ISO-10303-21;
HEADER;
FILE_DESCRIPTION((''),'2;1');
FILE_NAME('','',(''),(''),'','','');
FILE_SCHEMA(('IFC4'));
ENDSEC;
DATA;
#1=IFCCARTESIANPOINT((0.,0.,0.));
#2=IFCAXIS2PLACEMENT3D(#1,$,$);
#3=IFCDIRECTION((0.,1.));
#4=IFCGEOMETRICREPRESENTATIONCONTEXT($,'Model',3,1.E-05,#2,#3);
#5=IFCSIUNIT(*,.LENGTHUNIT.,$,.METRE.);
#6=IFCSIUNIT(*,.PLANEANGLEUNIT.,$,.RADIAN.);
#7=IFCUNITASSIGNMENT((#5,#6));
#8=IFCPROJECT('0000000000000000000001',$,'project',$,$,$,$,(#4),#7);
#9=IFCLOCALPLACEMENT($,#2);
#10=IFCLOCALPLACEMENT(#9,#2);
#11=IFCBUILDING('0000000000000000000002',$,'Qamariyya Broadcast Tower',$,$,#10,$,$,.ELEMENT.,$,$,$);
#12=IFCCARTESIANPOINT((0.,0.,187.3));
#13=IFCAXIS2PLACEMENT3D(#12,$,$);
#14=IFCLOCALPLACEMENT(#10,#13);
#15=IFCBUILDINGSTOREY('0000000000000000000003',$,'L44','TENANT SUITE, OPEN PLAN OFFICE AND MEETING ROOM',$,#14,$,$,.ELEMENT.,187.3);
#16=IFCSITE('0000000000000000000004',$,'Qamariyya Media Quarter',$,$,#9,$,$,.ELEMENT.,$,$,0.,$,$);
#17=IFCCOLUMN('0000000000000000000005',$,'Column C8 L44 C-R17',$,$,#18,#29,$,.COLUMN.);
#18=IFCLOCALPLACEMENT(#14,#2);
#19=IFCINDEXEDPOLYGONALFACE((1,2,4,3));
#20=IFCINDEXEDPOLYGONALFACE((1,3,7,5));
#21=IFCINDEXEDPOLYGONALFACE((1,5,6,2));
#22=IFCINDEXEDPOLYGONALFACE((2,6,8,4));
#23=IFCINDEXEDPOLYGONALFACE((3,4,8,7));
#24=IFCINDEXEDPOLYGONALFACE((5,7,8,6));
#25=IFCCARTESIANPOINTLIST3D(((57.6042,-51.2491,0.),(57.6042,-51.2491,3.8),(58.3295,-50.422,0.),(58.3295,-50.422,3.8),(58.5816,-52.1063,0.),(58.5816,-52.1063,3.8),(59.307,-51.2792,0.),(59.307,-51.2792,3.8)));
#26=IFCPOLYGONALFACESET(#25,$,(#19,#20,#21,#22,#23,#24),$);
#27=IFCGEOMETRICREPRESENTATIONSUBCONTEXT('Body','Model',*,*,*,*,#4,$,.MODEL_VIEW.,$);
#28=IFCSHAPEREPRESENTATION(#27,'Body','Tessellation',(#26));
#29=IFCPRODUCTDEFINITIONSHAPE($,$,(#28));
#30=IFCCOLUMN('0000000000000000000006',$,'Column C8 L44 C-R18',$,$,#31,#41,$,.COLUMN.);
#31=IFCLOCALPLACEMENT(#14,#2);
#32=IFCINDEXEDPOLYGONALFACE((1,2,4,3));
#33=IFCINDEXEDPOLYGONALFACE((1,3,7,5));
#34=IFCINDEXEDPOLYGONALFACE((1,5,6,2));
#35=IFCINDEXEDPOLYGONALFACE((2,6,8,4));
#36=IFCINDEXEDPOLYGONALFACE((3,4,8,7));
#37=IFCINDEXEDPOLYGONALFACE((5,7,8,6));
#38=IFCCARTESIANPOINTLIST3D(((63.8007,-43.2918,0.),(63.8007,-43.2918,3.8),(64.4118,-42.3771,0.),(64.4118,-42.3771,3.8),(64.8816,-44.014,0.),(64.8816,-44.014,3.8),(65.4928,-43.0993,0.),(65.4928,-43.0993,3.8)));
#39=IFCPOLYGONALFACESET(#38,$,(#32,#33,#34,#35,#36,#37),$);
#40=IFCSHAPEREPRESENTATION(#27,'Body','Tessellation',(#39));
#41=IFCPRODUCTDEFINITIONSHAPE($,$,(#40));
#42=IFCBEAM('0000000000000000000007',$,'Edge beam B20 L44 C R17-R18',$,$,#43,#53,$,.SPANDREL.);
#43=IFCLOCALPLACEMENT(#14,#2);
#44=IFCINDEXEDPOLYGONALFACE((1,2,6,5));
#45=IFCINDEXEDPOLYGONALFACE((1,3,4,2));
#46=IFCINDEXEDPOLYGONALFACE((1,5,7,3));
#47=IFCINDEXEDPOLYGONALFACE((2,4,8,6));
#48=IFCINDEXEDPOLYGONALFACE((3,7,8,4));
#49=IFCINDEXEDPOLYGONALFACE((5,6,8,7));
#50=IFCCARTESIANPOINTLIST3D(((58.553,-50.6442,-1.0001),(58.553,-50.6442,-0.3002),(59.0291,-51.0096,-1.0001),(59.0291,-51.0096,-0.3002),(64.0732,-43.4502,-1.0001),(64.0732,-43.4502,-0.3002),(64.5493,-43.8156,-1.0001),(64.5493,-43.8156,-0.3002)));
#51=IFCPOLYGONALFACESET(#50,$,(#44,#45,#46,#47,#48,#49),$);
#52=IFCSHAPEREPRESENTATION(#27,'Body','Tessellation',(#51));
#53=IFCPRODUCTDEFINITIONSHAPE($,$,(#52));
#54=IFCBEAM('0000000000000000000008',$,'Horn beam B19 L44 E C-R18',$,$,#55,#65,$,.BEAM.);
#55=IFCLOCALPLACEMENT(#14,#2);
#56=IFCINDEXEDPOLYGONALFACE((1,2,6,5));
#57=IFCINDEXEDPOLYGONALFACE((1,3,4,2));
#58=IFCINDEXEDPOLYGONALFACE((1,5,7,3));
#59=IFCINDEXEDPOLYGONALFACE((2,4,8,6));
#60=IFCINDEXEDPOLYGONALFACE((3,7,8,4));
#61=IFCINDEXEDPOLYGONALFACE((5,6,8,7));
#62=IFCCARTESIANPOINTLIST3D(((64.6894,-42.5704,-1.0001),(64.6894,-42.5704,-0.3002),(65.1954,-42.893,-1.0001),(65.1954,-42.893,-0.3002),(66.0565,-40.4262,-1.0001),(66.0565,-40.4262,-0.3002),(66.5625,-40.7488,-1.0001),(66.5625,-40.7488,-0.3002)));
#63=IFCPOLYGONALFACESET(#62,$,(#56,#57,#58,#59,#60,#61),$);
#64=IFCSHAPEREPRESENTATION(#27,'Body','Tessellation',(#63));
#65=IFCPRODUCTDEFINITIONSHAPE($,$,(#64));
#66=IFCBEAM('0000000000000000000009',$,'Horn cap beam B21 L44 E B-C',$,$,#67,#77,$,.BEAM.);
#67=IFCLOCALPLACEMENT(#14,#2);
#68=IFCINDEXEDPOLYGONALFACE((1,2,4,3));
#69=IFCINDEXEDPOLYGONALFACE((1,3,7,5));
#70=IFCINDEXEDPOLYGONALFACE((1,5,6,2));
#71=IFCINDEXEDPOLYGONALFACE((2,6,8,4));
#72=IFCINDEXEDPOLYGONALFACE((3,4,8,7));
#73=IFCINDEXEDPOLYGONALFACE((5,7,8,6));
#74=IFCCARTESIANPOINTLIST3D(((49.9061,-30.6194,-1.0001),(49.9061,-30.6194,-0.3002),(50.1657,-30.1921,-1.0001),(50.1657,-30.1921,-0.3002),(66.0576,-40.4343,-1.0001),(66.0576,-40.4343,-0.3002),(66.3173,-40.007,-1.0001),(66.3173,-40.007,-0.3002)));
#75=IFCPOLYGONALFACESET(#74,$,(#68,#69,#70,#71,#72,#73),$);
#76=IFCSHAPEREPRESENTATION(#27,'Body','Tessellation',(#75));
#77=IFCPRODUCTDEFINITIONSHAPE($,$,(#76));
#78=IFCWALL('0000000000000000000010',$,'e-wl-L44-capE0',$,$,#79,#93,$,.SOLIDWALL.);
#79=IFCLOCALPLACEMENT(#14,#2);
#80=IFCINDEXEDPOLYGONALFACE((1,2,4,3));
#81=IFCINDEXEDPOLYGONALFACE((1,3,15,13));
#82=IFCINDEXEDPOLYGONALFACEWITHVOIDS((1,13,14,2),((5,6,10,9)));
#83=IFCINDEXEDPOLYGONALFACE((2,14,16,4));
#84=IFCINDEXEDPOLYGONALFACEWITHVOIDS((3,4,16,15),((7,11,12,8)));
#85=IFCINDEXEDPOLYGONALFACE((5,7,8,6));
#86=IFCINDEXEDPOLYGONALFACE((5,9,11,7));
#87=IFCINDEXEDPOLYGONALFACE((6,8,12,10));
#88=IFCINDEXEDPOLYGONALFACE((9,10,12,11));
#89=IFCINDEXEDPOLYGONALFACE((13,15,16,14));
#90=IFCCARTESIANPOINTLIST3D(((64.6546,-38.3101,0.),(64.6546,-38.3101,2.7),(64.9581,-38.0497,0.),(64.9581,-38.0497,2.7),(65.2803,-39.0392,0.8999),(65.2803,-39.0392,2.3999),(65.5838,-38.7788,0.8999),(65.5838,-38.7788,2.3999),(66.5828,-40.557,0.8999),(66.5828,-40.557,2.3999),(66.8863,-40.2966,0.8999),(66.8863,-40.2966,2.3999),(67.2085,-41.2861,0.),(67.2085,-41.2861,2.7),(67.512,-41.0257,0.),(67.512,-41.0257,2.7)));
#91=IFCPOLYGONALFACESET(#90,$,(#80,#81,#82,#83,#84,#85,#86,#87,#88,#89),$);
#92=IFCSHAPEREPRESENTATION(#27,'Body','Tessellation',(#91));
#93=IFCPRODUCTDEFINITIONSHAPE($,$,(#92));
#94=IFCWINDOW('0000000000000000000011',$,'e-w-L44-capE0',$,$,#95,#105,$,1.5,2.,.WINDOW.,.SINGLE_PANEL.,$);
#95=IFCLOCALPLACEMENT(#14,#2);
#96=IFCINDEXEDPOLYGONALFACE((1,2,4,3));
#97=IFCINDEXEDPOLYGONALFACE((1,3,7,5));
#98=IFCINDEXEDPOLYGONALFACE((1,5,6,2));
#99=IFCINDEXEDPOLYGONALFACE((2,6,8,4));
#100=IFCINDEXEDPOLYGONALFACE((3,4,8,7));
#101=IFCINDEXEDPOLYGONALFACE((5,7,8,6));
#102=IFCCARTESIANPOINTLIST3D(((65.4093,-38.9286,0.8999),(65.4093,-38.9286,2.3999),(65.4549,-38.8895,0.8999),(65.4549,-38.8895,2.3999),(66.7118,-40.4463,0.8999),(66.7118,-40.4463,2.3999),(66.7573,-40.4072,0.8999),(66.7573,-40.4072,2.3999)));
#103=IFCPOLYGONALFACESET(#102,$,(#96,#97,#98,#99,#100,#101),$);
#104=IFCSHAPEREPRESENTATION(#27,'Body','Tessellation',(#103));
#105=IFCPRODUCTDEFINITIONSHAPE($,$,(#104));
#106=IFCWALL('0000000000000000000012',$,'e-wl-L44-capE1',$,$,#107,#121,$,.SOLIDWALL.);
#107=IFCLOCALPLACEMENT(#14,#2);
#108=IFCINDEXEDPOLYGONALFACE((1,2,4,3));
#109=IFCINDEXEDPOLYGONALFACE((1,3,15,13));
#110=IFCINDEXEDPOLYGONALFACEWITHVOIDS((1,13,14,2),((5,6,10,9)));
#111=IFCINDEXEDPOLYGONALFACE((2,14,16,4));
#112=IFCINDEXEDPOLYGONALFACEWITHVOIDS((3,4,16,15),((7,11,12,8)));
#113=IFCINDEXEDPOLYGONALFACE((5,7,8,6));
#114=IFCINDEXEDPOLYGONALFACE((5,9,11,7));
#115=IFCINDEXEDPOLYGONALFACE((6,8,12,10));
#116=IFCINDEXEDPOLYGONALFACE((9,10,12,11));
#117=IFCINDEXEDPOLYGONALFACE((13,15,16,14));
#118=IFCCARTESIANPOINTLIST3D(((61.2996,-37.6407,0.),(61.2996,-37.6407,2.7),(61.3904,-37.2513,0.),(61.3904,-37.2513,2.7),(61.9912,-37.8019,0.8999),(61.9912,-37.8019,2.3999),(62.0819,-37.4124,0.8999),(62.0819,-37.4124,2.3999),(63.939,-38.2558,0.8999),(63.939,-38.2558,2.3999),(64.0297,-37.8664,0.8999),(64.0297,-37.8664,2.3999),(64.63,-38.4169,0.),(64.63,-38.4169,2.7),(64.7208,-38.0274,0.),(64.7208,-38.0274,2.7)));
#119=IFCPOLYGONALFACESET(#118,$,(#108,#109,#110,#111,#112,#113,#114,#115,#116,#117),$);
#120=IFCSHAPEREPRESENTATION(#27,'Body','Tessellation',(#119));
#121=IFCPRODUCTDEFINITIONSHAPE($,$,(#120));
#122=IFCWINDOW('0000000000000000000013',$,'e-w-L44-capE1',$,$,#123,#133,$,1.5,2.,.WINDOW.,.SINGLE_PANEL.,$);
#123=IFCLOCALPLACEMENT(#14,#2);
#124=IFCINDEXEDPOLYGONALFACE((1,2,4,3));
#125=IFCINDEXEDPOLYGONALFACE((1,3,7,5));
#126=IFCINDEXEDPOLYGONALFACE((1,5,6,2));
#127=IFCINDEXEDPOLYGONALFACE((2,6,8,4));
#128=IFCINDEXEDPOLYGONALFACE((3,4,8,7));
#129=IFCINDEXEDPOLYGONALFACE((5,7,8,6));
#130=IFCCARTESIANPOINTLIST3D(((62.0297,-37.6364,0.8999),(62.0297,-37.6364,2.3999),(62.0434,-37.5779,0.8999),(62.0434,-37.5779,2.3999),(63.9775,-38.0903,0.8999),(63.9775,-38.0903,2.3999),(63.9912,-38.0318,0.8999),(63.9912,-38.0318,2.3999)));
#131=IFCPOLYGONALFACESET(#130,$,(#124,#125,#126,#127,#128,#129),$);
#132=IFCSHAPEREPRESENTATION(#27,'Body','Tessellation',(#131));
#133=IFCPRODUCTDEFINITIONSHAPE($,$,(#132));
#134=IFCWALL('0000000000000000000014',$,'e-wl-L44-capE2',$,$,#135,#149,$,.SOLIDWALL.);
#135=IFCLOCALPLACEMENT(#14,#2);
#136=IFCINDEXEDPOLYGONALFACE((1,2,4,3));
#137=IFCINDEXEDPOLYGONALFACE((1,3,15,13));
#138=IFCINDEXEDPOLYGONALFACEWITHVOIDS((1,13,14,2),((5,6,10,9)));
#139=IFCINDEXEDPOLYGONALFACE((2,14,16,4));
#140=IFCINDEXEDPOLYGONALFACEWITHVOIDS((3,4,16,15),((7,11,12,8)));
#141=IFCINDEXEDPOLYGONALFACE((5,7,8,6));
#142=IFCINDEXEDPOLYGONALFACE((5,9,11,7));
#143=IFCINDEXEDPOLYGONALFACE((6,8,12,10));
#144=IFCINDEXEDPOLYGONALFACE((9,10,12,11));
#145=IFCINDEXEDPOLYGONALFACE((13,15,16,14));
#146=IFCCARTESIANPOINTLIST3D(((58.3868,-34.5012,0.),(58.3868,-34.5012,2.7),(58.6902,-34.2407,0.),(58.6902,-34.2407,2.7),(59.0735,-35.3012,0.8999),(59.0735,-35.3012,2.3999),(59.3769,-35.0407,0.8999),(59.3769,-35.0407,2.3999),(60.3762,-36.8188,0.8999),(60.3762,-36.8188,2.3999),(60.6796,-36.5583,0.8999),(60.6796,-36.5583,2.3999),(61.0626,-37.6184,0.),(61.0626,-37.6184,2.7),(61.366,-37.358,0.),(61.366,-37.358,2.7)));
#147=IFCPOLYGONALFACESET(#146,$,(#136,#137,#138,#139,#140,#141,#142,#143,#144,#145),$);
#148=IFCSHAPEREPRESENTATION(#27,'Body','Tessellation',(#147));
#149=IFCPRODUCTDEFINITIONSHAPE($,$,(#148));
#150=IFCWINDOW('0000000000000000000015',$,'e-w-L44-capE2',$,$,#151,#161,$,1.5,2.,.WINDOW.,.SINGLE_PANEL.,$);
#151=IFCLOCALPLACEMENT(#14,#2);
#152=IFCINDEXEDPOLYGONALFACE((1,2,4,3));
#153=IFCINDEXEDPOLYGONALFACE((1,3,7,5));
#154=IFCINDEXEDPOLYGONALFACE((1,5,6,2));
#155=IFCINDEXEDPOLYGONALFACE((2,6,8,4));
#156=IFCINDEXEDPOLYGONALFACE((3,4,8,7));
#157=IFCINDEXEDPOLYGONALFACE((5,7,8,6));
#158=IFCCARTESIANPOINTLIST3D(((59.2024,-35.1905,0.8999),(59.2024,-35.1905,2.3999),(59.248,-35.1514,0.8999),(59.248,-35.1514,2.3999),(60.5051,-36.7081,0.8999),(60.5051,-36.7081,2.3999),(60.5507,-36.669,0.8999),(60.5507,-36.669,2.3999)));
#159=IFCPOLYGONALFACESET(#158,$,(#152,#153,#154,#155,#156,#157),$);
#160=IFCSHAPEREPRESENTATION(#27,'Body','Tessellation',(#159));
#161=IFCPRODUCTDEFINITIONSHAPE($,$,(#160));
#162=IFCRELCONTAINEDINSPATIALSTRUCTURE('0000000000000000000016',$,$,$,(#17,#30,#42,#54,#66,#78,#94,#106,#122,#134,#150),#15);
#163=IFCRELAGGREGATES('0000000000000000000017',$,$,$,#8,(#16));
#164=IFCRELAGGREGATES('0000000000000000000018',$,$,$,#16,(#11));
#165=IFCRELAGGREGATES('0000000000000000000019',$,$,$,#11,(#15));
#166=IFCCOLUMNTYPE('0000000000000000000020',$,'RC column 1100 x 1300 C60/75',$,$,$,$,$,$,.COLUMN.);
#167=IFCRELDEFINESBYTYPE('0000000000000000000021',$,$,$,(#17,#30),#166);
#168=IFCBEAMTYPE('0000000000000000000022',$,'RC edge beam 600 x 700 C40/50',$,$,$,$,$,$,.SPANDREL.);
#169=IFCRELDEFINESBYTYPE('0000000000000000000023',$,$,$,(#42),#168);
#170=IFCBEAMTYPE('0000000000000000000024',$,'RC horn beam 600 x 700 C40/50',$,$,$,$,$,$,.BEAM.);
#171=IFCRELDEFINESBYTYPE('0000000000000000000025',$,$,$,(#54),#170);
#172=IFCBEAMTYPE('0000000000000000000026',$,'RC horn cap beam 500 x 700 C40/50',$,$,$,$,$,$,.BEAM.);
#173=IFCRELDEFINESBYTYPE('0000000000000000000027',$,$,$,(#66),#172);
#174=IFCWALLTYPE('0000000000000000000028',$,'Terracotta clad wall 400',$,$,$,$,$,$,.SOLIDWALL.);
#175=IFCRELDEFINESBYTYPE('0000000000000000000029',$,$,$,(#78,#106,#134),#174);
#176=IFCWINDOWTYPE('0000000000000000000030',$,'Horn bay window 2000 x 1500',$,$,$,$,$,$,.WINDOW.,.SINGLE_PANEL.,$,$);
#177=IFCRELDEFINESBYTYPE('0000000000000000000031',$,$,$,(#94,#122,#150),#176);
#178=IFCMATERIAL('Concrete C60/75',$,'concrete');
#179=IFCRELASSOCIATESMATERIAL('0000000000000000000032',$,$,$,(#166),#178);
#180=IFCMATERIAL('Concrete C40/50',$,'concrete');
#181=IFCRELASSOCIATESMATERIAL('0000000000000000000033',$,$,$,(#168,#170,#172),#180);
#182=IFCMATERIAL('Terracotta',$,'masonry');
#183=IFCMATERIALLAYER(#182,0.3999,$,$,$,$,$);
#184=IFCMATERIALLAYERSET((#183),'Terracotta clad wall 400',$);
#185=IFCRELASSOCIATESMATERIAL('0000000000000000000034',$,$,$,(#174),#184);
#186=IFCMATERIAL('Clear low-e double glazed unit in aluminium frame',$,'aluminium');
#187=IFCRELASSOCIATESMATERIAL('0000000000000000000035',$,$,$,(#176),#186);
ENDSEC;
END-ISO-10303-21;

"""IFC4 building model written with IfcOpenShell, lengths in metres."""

from ifc_helpers import new_model, si_unit, direction, frame, frame_2d, origin, origin_2d, place, context, subcontext, project, spatial, rectangle, extrude, material, layer, layer_set, material_profile, profile_set, type_object, element, fill, save


model = new_model("IFC4")

# Units and contexts
model_context = context("Model", 3, precision=1e-05, world=origin(), true_north=direction((0.0, 1.0)))
body_context = subcontext(model_context, "Body", "Model", "MODEL_VIEW")
ifc_project = project(units=[si_unit("LENGTHUNIT", "METRE"), si_unit("PLANEANGLEUNIT", "RADIAN")], contexts=[model_context])

# Site, building, storey
site_placement = place(None, origin())
site = spatial("IfcSite", under=ifc_project, at=site_placement, Name="Qamariyya Media Quarter", CompositionType="ELEMENT", RefElevation=0.0)
building_placement = place(site_placement, origin())
building = spatial("IfcBuilding", under=site, at=building_placement, Name="Qamariyya Broadcast Tower", CompositionType="ELEMENT")
storey_placement = place(building_placement, frame((0.0, 0.0, 187.3)))
storey = spatial("IfcBuildingStorey", under=building, at=storey_placement, Name="L44", Description="TENANT SUITE, OPEN PLAN OFFICE AND MEETING ROOM", CompositionType="ELEMENT", Elevation=187.3)

# Columns
ifc_material_1 = material(Name="Concrete C60/75", Category="concrete")
ifc_material_profile_1 = material_profile(ifc_material_1, rectangle(XDim=1.1001, YDim=1.3, at=origin_2d()))
ifc_profile_set_1 = profile_set([ifc_material_profile_1], Name="Concrete C60/75")
column_type = type_object("IfcColumnType", Name="RC column 1100 x 1300 C60/75", PredefinedType="COLUMN", material=ifc_profile_set_1)
for number, where, z_axis, x_axis, name in (
    (1, (58.4556, -51.2642, 0.0), (0.0, 0.0, 1.0), (0.659346, 0.75184, 0.0), "Column C8 L44 C-R17"),
    (2, (64.6467, -43.1956, 0.0), (0.0, 0.0, 1.0), (0.55557, 0.83147, 0.0), "Column C8 L44 C-R18"),
):
    element("IfcColumn", number, at=place(storey_placement, frame(where, z_axis=z_axis, x_axis=x_axis)), inside=storey, type_object=column_type, Name=name, PredefinedType="COLUMN", context=body_context, shape_type="SweptSolid", body=[
        extrude(rectangle(XDim=1.1001, YDim=1.3, at=origin_2d()), origin(), (0.0, 0.0, 1.0), 3.8),
    ])

# Beams
ifc_material_2 = material(Name="Concrete C40/50", Category="concrete")
ifc_material_profile_2 = material_profile(ifc_material_2, rectangle(XDim=0.6001, YDim=0.7, at=origin_2d()))
ifc_profile_set_2 = profile_set([ifc_material_profile_2], Name="Concrete C40/50")
beam_type_1 = type_object("IfcBeamType", Name="RC edge beam 600 x 700 C40/50", PredefinedType="SPANDREL", material=ifc_profile_set_2)
beam_1_placement = place(storey_placement, frame((58.791, -50.8269, -0.6501), z_axis=(0.608764, 0.793351, 0.0), x_axis=(-0.793351, 0.608764, 0.0)))
element("IfcBeam", 3, at=beam_1_placement, inside=storey, type_object=beam_type_1, Name="Edge beam B20 L44 C R17-R18", PredefinedType="SPANDREL", context=body_context, shape_type="SweptSolid", body=[
    extrude(rectangle(XDim=0.6001, YDim=0.7, at=origin_2d()), origin(), (0.0, 0.0, 1.0), 9.0679),
])
ifc_material_profile_3 = material_profile(ifc_material_2, rectangle(XDim=0.6001, YDim=0.7, at=origin_2d()))
ifc_profile_set_3 = profile_set([ifc_material_profile_3], Name="Concrete C40/50")
beam_type_2 = type_object("IfcBeamType", Name="RC horn beam 600 x 700 C40/50", PredefinedType="BEAM", material=ifc_profile_set_3)
beam_2_placement = place(storey_placement, frame((64.9424, -42.7317, -0.6501), z_axis=(0.537615, 0.843191, 0.0), x_axis=(-0.843191, 0.537615, 0.0)))
element("IfcBeam", 4, at=beam_2_placement, inside=storey, type_object=beam_type_2, Name="Horn beam B19 L44 E C-R18", PredefinedType="BEAM", context=body_context, shape_type="SweptSolid", body=[
    extrude(rectangle(XDim=0.6001, YDim=0.7, at=origin_2d()), origin(), (0.0, 0.0, 1.0), 2.543),
])
ifc_material_profile_4 = material_profile(ifc_material_2, rectangle(XDim=0.5, YDim=0.7, at=origin_2d()))
ifc_profile_set_4 = profile_set([ifc_material_profile_4], Name="Concrete C40/50")
beam_type_3 = type_object("IfcBeamType", Name="RC horn cap beam 500 x 700 C40/50", PredefinedType="BEAM", material=ifc_profile_set_4)
beam_3_placement = place(storey_placement, frame((50.0359, -30.4058, -0.6501), z_axis=(0.854585, -0.519311, 0.0), x_axis=(0.519311, 0.854585, 0.0)))
element("IfcBeam", 5, at=beam_3_placement, inside=storey, type_object=beam_type_3, Name="Horn cap beam B21 L44 E B-C", PredefinedType="BEAM", context=body_context, shape_type="SweptSolid", body=[
    extrude(rectangle(XDim=0.5, YDim=0.7, at=origin_2d()), origin(), (0.0, 0.0, 1.0), 18.8999),
])

# Walls, openings, windows
ifc_material_3 = material(Name="Terracotta", Category="masonry")
ifc_layer = layer(ifc_material_3, 0.3999)
ifc_layer_set = layer_set([ifc_layer], Name="Terracotta clad wall 400")
wall_type = type_object("IfcWallType", Name="Terracotta clad wall 400", PredefinedType="SOLIDWALL", material=ifc_layer_set)
wall_1_placement = place(storey_placement, frame((67.3604, -41.156, 0.0), z_axis=(0.0, 0.0, 1.0), x_axis=(-0.651237, 0.758874, 0.0)))
wall_1 = element("IfcWall", 6, at=wall_1_placement, inside=storey, type_object=wall_type, Name="e-wl-L44-capE0", PredefinedType="SOLIDWALL", context=body_context, shape_type="SweptSolid", body=[
    extrude(rectangle(XDim=3.9216, YDim=0.3999, at=frame_2d((1.9609, 0.0))), origin(), (0.0, 0.0, 1.0), 2.7),
])
opening_1_placement = place(wall_1_placement, frame((0.9609, 0.0, 0.8999)))
opening_1 = element("IfcOpeningElement", 7, at=opening_1_placement, cuts=wall_1, PredefinedType="OPENING", context=body_context, shape_type="SweptSolid", body=[
    extrude(rectangle(XDim=2.0, YDim=1.5, at=frame_2d((1.0, 0.75))), frame((0.0, 0.21, 0.0), z_axis=(0.0, -1.0, 0.0), x_axis=(1.0, 0.0, 0.0)), (0.0, 0.0, 1.0), 0.4199),
])
ifc_material_4 = material(Name="Clear low-e double glazed unit in aluminium frame", Category="aluminium")
window_type = type_object("IfcWindowType", Name="Horn bay window 2000 x 1500", PartitioningType="SINGLE_PANEL", PredefinedType="WINDOW", material=ifc_material_4)
window_1_placement = place(opening_1_placement, origin())
window_1 = element("IfcWindow", 8, at=window_1_placement, inside=storey, type_object=window_type, Name="e-w-L44-capE0", OverallHeight=1.5, OverallWidth=2.0, PartitioningType="SINGLE_PANEL", PredefinedType="WINDOW", context=body_context, shape_type="SweptSolid", body=[
    extrude(rectangle(XDim=2.0, YDim=1.5, at=frame_2d((1.0, 0.75))), frame((0.0, 0.03, 0.0), z_axis=(0.0, -1.0, 0.0), x_axis=(1.0, 0.0, 0.0)), (0.0, 0.0, 1.0), 0.0601),
])
fill(opening_1, window_1)
wall_2_placement = place(storey_placement, frame((64.6755, -38.2222, 0.0), z_axis=(0.0, 0.0, 1.0), x_axis=(-0.973903, 0.226966, 0.0)))
wall_2 = element("IfcWall", 9, at=wall_2_placement, inside=storey, type_object=wall_type, Name="e-wl-L44-capE1", PredefinedType="SOLIDWALL", context=body_context, shape_type="SweptSolid", body=[
    extrude(rectangle(XDim=3.4197, YDim=0.3999, at=frame_2d((1.71, 0.0))), origin(), (0.0, 0.0, 1.0), 2.7),
])
opening_2_placement = place(wall_2_placement, frame((0.7097, 0.0, 0.8999)))
opening_2 = element("IfcOpeningElement", 10, at=opening_2_placement, cuts=wall_2, PredefinedType="OPENING", context=body_context, shape_type="SweptSolid", body=[
    extrude(rectangle(XDim=2.0, YDim=1.5, at=frame_2d((1.0, 0.75))), frame((0.0, 0.21, 0.0), z_axis=(0.0, -1.0, 0.0), x_axis=(1.0, 0.0, 0.0)), (0.0, 0.0, 1.0), 0.4199),
])
window_2_placement = place(opening_2_placement, origin())
window_2 = element("IfcWindow", 11, at=window_2_placement, inside=storey, type_object=window_type, Name="e-w-L44-capE1", OverallHeight=1.5, OverallWidth=2.0, PartitioningType="SINGLE_PANEL", PredefinedType="WINDOW", context=body_context, shape_type="SweptSolid", body=[
    extrude(rectangle(XDim=2.0, YDim=1.5, at=frame_2d((1.0, 0.75))), frame((0.0, 0.03, 0.0), z_axis=(0.0, -1.0, 0.0), x_axis=(1.0, 0.0, 0.0)), (0.0, 0.0, 1.0), 0.0601),
])
fill(opening_2, window_2)
wall_3_placement = place(storey_placement, frame((61.2144, -37.4883, 0.0), z_axis=(0.0, 0.0, 1.0), x_axis=(-0.651339, 0.758787, 0.0)))
wall_3 = element("IfcWall", 12, at=wall_3_placement, inside=storey, type_object=wall_type, Name="e-wl-L44-capE2", PredefinedType="SOLIDWALL", context=body_context, shape_type="SweptSolid", body=[
    extrude(rectangle(XDim=4.1082, YDim=0.3999, at=frame_2d((2.0542, 0.0))), origin(), (0.0, 0.0, 1.0), 2.7),
])
opening_3_placement = place(wall_3_placement, frame((1.054, 0.0, 0.8999)))
opening_3 = element("IfcOpeningElement", 13, at=opening_3_placement, cuts=wall_3, PredefinedType="OPENING", context=body_context, shape_type="SweptSolid", body=[
    extrude(rectangle(XDim=2.0, YDim=1.5, at=frame_2d((1.0, 0.75))), frame((0.0, 0.21, 0.0), z_axis=(0.0, -1.0, 0.0), x_axis=(1.0, 0.0, 0.0)), (0.0, 0.0, 1.0), 0.4199),
])
window_3_placement = place(opening_3_placement, origin())
window_3 = element("IfcWindow", 14, at=window_3_placement, inside=storey, type_object=window_type, Name="e-w-L44-capE2", OverallHeight=1.5, OverallWidth=2.0, PartitioningType="SINGLE_PANEL", PredefinedType="WINDOW", context=body_context, shape_type="SweptSolid", body=[
    extrude(rectangle(XDim=2.0, YDim=1.5, at=frame_2d((1.0, 0.75))), frame((0.0, 0.03, 0.0), z_axis=(0.0, -1.0, 0.0), x_axis=(1.0, 0.0, 0.0)), (0.0, 0.0, 1.0), 0.0601),
])
fill(opening_3, window_3)

save(model, "model.ifc")
